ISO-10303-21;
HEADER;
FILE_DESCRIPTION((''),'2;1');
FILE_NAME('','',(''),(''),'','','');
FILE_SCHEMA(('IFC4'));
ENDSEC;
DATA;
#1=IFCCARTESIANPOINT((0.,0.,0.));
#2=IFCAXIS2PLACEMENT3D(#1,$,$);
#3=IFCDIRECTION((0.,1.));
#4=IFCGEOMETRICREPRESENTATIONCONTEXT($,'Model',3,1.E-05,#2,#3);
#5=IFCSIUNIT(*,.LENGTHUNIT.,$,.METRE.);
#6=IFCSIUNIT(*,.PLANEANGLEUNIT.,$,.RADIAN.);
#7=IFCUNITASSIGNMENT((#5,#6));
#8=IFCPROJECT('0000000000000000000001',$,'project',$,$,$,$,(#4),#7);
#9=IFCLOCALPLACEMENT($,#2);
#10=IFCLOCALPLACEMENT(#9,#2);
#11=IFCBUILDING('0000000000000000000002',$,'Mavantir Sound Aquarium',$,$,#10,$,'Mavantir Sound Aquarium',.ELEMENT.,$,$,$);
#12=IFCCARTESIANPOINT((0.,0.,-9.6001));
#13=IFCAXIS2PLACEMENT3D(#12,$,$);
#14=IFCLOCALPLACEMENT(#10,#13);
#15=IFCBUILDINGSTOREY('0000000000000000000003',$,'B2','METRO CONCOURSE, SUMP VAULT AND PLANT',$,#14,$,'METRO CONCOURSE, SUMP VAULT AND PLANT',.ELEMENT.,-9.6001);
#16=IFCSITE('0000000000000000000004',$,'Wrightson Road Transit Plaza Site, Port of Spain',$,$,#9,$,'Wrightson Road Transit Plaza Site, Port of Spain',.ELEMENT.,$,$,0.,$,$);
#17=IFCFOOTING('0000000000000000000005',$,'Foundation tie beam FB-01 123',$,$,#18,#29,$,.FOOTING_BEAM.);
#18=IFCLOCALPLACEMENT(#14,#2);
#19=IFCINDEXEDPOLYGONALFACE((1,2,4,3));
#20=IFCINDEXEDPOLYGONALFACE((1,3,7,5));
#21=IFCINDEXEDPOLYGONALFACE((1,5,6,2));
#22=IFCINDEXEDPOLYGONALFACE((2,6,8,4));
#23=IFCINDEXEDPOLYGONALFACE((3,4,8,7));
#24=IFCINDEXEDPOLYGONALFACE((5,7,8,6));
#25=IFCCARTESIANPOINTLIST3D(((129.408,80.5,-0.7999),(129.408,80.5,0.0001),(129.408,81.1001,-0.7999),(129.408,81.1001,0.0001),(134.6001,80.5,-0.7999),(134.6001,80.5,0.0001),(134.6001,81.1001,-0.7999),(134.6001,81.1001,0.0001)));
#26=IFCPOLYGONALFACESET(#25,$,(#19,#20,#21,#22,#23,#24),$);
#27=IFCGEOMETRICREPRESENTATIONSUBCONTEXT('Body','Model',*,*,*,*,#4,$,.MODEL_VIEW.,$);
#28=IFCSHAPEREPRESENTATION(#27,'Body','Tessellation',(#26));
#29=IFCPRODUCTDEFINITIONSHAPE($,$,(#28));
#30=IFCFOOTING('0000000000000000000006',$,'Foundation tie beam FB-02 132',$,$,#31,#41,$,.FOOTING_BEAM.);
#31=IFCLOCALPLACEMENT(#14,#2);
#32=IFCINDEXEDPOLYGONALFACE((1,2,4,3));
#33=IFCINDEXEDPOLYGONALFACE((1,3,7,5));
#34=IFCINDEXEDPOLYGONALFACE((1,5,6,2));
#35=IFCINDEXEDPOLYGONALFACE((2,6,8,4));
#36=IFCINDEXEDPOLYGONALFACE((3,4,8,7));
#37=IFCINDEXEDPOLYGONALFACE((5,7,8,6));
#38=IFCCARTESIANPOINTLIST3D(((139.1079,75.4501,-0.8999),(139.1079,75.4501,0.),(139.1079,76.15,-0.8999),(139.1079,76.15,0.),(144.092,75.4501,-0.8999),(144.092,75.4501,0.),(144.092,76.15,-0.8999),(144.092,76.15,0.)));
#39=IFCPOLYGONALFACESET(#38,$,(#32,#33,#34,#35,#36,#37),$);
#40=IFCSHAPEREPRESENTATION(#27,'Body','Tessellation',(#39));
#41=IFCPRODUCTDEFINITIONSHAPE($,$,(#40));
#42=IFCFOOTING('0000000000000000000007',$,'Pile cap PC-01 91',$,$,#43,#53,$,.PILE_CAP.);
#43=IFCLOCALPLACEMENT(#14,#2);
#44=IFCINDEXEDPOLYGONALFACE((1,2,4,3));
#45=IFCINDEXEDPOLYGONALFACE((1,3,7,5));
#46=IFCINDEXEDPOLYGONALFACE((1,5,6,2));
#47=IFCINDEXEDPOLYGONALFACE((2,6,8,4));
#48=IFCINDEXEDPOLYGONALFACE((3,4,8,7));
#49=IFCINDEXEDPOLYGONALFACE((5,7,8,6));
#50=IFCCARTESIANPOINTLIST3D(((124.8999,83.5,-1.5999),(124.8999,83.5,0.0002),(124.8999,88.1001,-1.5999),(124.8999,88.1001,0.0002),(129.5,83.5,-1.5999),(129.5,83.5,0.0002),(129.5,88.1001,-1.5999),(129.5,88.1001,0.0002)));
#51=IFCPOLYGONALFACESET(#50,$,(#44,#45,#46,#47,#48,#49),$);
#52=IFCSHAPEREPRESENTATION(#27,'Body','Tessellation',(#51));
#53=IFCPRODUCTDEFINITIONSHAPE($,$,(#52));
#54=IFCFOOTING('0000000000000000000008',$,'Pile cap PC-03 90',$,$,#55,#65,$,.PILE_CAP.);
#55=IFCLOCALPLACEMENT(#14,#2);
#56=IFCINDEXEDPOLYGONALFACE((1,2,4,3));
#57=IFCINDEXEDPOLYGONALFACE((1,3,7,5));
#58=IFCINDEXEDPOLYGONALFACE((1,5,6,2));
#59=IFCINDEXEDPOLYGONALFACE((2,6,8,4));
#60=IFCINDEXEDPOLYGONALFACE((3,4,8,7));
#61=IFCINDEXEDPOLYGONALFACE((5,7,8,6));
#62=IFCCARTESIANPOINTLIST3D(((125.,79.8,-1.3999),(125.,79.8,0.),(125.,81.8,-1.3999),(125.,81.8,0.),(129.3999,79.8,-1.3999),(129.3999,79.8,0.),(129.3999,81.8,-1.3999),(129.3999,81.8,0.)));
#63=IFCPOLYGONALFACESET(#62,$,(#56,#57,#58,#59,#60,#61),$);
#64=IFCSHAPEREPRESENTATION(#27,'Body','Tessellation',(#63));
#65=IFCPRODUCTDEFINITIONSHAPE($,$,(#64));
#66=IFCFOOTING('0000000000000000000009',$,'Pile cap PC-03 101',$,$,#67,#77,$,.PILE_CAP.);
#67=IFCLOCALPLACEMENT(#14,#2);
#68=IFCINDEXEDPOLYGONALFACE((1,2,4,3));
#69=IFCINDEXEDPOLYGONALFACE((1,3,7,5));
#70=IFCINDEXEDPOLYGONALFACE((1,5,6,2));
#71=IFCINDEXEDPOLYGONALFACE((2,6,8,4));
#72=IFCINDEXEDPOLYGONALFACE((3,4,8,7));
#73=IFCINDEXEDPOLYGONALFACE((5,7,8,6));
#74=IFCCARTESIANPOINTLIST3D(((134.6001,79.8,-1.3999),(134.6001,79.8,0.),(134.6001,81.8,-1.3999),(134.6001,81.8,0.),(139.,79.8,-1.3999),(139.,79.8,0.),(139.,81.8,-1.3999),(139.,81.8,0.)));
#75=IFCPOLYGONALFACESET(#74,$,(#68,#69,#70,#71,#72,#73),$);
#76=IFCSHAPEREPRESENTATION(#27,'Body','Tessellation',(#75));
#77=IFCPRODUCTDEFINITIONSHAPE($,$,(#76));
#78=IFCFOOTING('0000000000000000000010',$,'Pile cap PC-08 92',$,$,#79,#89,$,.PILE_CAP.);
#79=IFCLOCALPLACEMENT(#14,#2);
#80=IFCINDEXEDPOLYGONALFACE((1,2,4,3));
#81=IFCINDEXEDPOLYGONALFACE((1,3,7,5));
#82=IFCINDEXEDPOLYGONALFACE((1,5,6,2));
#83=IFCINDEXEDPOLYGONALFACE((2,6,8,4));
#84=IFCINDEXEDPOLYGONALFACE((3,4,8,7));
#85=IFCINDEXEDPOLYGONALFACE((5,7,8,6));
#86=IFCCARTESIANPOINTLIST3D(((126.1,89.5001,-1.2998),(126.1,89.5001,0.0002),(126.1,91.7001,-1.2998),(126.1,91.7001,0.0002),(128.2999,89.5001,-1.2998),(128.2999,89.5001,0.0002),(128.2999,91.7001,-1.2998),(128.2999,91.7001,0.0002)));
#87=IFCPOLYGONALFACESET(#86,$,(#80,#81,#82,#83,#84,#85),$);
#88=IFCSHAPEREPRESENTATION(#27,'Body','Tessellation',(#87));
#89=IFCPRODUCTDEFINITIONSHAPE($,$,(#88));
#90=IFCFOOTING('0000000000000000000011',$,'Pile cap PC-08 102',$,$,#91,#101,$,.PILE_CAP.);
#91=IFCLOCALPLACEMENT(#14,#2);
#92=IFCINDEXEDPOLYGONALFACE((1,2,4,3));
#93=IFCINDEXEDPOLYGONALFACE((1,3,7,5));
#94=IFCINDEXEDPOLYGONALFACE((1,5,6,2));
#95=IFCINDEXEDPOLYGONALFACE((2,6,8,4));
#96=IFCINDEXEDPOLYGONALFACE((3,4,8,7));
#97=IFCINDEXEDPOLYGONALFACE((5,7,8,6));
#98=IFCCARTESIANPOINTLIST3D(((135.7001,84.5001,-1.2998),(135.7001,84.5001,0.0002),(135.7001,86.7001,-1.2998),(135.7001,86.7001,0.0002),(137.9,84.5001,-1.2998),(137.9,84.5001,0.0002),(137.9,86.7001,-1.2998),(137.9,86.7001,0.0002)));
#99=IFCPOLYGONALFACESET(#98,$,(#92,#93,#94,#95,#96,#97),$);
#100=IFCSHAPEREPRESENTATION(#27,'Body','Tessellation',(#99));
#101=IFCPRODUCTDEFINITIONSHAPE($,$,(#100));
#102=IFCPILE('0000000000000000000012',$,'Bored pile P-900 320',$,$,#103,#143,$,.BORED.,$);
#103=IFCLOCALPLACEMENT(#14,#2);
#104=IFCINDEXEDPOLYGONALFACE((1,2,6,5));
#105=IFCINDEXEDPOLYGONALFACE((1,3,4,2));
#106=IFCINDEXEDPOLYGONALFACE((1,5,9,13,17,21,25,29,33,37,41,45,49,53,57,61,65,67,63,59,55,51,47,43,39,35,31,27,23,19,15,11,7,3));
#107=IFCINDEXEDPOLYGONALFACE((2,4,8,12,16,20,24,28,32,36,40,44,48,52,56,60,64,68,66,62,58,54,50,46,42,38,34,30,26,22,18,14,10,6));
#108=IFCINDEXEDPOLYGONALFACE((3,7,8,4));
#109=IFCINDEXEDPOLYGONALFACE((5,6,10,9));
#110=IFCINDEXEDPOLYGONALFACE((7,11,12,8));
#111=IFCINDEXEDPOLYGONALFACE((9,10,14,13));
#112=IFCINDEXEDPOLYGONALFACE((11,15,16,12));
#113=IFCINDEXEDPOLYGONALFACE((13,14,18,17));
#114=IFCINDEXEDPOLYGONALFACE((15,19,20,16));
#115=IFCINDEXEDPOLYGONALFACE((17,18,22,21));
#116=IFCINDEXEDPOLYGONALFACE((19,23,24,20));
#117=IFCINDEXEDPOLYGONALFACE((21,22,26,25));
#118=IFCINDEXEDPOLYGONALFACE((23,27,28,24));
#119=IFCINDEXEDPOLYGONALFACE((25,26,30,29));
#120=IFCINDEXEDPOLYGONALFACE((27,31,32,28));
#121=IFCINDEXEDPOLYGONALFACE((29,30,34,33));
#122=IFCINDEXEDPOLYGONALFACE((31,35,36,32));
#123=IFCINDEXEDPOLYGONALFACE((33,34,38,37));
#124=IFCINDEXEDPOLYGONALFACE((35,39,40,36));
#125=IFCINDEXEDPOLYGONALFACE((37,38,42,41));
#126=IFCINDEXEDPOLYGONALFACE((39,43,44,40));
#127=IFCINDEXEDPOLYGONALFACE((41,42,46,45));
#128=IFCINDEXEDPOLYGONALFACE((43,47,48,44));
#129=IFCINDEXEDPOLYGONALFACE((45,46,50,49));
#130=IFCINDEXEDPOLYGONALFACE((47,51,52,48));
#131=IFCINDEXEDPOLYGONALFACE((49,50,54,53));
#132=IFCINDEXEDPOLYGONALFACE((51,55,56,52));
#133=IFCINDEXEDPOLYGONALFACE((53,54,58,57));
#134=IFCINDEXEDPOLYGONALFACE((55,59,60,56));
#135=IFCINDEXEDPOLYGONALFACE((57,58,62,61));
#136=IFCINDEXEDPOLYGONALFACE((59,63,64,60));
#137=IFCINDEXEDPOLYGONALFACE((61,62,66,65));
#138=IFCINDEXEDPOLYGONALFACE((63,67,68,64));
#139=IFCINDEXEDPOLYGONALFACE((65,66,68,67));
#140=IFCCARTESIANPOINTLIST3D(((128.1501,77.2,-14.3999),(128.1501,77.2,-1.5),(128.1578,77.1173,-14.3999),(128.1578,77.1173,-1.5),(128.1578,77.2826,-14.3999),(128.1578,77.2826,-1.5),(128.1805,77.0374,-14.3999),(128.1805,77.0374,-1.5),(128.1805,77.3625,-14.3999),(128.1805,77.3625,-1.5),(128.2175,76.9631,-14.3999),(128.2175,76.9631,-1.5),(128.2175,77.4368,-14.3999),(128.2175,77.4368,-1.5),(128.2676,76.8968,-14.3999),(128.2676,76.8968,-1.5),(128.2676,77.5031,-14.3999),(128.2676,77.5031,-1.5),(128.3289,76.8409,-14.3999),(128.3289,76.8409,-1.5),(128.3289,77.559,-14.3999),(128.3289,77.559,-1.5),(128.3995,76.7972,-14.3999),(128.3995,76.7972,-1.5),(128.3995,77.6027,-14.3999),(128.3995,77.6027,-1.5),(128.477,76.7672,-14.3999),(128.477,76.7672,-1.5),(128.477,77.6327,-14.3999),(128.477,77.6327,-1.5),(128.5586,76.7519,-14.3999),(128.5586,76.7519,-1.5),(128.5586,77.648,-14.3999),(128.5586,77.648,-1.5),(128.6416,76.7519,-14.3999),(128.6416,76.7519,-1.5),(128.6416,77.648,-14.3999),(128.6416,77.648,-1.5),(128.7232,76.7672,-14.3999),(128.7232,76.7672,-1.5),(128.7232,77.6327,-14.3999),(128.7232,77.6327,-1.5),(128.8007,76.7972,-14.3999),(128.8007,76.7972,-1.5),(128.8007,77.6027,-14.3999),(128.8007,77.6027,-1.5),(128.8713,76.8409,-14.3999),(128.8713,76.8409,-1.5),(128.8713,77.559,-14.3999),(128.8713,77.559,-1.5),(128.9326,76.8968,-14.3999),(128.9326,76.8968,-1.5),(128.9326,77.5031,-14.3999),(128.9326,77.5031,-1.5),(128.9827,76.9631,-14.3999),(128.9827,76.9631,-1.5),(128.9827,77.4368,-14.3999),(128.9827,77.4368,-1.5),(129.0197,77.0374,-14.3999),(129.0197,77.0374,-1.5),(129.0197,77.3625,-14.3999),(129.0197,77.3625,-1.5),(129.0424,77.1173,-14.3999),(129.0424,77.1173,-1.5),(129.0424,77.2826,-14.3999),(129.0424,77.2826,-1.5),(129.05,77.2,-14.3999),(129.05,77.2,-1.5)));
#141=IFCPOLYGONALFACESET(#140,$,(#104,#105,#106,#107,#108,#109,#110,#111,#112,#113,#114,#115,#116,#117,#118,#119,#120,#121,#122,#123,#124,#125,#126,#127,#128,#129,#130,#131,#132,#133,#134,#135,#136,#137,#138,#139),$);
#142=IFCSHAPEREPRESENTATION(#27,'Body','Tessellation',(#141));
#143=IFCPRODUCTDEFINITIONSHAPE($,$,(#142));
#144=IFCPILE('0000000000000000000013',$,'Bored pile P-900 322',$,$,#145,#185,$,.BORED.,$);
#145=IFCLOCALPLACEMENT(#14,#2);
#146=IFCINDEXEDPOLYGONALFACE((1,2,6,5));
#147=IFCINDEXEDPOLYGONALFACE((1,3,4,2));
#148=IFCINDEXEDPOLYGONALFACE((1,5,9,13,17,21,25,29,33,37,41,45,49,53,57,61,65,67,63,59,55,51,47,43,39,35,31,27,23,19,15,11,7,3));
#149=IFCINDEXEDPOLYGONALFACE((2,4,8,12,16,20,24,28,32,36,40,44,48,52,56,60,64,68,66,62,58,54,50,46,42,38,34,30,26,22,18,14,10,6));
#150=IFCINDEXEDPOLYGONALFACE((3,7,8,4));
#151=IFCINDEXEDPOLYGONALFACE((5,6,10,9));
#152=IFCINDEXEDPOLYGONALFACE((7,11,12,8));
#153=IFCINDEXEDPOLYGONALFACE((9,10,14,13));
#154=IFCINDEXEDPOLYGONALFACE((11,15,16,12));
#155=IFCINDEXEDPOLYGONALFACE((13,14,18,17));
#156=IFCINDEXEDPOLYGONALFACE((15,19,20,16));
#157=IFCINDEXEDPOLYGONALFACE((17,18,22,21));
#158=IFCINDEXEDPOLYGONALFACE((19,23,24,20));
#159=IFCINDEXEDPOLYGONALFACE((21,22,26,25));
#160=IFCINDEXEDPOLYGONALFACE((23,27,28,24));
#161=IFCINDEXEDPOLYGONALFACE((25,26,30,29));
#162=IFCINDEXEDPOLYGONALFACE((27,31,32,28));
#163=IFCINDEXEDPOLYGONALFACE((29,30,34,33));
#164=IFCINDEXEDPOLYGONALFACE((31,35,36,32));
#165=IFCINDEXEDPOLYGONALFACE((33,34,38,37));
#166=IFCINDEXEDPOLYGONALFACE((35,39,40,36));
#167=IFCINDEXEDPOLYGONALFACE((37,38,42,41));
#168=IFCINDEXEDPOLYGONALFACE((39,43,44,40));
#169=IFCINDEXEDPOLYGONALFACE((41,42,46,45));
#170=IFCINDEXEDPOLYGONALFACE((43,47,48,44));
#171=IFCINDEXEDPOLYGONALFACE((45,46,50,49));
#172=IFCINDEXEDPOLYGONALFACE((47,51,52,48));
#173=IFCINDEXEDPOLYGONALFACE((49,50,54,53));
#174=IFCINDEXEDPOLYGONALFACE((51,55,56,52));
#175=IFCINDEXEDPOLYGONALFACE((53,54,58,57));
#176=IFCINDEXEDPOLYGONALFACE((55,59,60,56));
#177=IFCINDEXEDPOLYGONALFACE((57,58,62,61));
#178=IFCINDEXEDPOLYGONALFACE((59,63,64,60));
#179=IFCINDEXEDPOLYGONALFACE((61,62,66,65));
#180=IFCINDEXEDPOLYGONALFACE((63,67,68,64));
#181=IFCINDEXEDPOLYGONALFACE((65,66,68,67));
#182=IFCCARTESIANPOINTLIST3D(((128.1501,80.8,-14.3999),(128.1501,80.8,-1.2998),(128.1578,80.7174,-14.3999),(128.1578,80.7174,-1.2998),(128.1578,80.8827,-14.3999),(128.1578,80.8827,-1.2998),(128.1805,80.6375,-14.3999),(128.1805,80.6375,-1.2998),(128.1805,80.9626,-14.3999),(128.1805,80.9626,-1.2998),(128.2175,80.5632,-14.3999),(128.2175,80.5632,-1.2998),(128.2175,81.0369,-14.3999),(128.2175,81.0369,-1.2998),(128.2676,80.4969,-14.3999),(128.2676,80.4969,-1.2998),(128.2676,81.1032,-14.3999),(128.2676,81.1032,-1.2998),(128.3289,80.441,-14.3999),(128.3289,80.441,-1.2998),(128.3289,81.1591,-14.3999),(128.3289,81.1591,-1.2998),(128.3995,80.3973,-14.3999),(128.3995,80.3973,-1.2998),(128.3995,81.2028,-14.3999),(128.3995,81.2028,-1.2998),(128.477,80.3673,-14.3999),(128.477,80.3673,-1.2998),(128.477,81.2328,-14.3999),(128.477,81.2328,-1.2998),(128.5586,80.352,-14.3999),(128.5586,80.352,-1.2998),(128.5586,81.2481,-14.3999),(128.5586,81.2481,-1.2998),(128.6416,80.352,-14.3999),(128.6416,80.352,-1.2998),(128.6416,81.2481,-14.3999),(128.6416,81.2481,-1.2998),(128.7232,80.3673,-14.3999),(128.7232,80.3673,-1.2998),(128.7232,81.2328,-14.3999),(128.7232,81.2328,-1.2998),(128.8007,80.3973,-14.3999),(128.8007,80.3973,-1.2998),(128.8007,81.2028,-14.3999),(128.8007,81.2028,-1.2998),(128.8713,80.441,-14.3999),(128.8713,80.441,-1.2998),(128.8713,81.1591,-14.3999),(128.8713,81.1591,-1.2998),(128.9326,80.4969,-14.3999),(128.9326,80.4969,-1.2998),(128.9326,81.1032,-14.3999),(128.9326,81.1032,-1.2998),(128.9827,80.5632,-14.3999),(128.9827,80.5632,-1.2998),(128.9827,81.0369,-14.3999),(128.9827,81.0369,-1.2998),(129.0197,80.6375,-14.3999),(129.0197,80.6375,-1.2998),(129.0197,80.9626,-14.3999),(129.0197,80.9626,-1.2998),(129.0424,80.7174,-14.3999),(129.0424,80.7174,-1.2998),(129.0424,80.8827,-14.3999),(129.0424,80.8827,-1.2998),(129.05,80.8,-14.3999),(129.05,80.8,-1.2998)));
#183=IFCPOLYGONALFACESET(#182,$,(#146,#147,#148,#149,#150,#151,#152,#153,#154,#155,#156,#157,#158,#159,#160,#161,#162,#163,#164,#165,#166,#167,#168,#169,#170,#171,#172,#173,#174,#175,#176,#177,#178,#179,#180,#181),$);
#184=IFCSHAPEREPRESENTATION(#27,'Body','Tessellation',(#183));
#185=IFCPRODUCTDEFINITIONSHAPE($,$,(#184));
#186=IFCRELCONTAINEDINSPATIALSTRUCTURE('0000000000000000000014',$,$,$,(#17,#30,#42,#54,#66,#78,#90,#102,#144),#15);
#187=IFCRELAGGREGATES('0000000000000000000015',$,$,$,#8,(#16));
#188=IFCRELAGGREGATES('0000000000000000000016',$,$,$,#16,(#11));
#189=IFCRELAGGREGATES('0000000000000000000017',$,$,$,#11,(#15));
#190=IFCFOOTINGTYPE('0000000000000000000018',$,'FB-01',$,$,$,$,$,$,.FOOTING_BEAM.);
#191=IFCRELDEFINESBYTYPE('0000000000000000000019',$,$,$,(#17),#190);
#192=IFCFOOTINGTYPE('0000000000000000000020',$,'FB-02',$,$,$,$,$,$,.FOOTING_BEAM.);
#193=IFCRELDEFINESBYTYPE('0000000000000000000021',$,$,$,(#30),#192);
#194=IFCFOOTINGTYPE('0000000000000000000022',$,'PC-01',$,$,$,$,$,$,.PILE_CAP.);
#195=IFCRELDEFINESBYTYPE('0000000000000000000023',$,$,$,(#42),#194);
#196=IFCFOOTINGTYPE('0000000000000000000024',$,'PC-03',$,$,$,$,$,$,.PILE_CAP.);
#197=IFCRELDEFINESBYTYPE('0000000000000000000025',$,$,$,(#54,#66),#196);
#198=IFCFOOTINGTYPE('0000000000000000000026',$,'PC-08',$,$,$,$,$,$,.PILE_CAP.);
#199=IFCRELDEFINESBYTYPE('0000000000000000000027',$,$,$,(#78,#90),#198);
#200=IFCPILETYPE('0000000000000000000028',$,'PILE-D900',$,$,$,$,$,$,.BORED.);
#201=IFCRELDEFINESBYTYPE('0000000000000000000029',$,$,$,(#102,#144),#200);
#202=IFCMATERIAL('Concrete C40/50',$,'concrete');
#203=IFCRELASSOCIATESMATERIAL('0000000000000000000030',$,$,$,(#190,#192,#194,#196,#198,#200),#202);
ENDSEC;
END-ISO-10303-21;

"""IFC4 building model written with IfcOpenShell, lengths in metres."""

from ifc_helpers import new_model, si_unit, direction, frame, origin, origin_2d, place, context, subcontext, project, spatial, rectangle, circle, extrude, material, material_profile, profile_set, type_object, element, save


model = new_model("IFC4")

# Units and contexts
model_context = context("Model", 3, precision=1e-05, world=origin(), true_north=direction((0.0, 1.0)))
body_context = subcontext(model_context, "Body", "Model", "MODEL_VIEW")
ifc_project = project(units=[si_unit("LENGTHUNIT", "METRE"), si_unit("PLANEANGLEUNIT", "RADIAN")], contexts=[model_context])

# Site, building, storey
site_placement = place(None, origin())
site = spatial("IfcSite", under=ifc_project, at=site_placement, Name="Wrightson Road Transit Plaza Site, Port of Spain", LongName="Wrightson Road Transit Plaza Site, Port of Spain", CompositionType="ELEMENT", RefElevation=0.0)
building_placement = place(site_placement, origin())
building = spatial("IfcBuilding", under=site, at=building_placement, Name="Mavantir Sound Aquarium", LongName="Mavantir Sound Aquarium", CompositionType="ELEMENT")
storey_placement = place(building_placement, frame((0.0, 0.0, -9.6001)))
storey = spatial("IfcBuildingStorey", under=building, at=storey_placement, Name="B2", Description="METRO CONCOURSE, SUMP VAULT AND PLANT", LongName="METRO CONCOURSE, SUMP VAULT AND PLANT", CompositionType="ELEMENT", Elevation=-9.6001)

# Footings
ifc_material_1 = material(Name="Concrete C40/50", Category="concrete")
ifc_material_profile_1 = material_profile(ifc_material_1, rectangle(XDim=0.6001, YDim=0.8, at=origin_2d()), Name="RC 600X800")
ifc_profile_set_1 = profile_set([ifc_material_profile_1], Name="Concrete C40/50")
footing_type_1 = type_object("IfcFootingType", Name="FB-01", PredefinedType="FOOTING_BEAM", material=ifc_profile_set_1)
footing_1_placement = place(storey_placement, frame((129.408, 80.8, -0.3999), z_axis=(1.0, 0.0, 0.0), x_axis=(0.0, 1.0, 0.0)))
element("IfcFooting", 1, at=footing_1_placement, inside=storey, type_object=footing_type_1, Name="Foundation tie beam FB-01 123", PredefinedType="FOOTING_BEAM", context=body_context, shape_type="SweptSolid", body=[
    extrude(rectangle(XDim=0.6001, YDim=0.8, at=origin_2d()), origin(), (0.0, 0.0, 1.0), 5.1921),
])
ifc_material_profile_2 = material_profile(ifc_material_1, rectangle(XDim=0.7, YDim=0.8999, at=origin_2d()), Name="RC 700X900")
ifc_profile_set_2 = profile_set([ifc_material_profile_2], Name="Concrete C40/50")
footing_type_2 = type_object("IfcFootingType", Name="FB-02", PredefinedType="FOOTING_BEAM", material=ifc_profile_set_2)
footing_2_placement = place(storey_placement, frame((139.1079, 75.8, -0.45), z_axis=(1.0, 0.0, 0.0), x_axis=(0.0, 1.0, 0.0)))
element("IfcFooting", 2, at=footing_2_placement, inside=storey, type_object=footing_type_2, Name="Foundation tie beam FB-02 132", PredefinedType="FOOTING_BEAM", context=body_context, shape_type="SweptSolid", body=[
    extrude(rectangle(XDim=0.7, YDim=0.8999, at=origin_2d()), origin(), (0.0, 0.0, 1.0), 4.9841),
])
footing_type_3 = type_object("IfcFootingType", Name="PC-01", PredefinedType="PILE_CAP", material=ifc_material_1)
footing_3_placement = place(storey_placement, frame((127.2, 85.8, -1.5999), z_axis=(0.0, 0.0, 1.0), x_axis=(1.0, 0.0, 0.0)))
element("IfcFooting", 3, at=footing_3_placement, inside=storey, type_object=footing_type_3, Name="Pile cap PC-01 91", PredefinedType="PILE_CAP", context=body_context, shape_type="SweptSolid", body=[
    extrude(rectangle(XDim=4.6001, YDim=4.6001, at=origin_2d()), origin(), (0.0, 0.0, 1.0), 1.6001),
])
footing_type_4 = type_object("IfcFootingType", Name="PC-03", PredefinedType="PILE_CAP", material=ifc_material_1)
for number, where, z_axis, x_axis, name in (
    (4, (127.2, 80.8, -1.3999), (0.0, 0.0, 1.0), (1.0, 0.0, 0.0), "Pile cap PC-03 90"),
    (5, (136.8, 80.8, -1.3999), (0.0, 0.0, 1.0), (1.0, 0.0, 0.0), "Pile cap PC-03 101"),
):
    element("IfcFooting", number, at=place(storey_placement, frame(where, z_axis=z_axis, x_axis=x_axis)), inside=storey, type_object=footing_type_4, Name=name, PredefinedType="PILE_CAP", context=body_context, shape_type="SweptSolid", body=[
        extrude(rectangle(XDim=4.3999, YDim=2.0, at=origin_2d()), origin(), (0.0, 0.0, 1.0), 1.3999),
    ])
footing_type_5 = type_object("IfcFootingType", Name="PC-08", PredefinedType="PILE_CAP", material=ifc_material_1)
for number, where, z_axis, x_axis, name in (
    (6, (127.2, 90.6001, -1.2998), (0.0, 0.0, 1.0), (1.0, 0.0, 0.0), "Pile cap PC-08 92"),
    (7, (136.8, 85.6001, -1.2998), (0.0, 0.0, 1.0), (1.0, 0.0, 0.0), "Pile cap PC-08 102"),
):
    element("IfcFooting", number, at=place(storey_placement, frame(where, z_axis=z_axis, x_axis=x_axis)), inside=storey, type_object=footing_type_5, Name=name, PredefinedType="PILE_CAP", context=body_context, shape_type="SweptSolid", body=[
        extrude(rectangle(XDim=2.2, YDim=2.2, at=origin_2d()), origin(), (0.0, 0.0, 1.0), 1.3),
    ])

# Piles
ifc_material_profile_3 = material_profile(ifc_material_1, circle(Radius=0.45, at=origin_2d()), Name="PILE D900")
ifc_profile_set_3 = profile_set([ifc_material_profile_3], Name="Concrete C40/50")
pile_type = type_object("IfcPileType", Name="PILE-D900", PredefinedType="BORED", material=ifc_profile_set_3)
pile_1_placement = place(storey_placement, frame((128.6001, 77.2, -1.5), z_axis=(0.0, 0.0, -1.0), x_axis=(1.0, 0.0, 0.0)))
element("IfcPile", 8, at=pile_1_placement, inside=storey, type_object=pile_type, Name="Bored pile P-900 320", PredefinedType="BORED", context=body_context, shape_type="SweptSolid", body=[
    extrude(circle(Radius=0.45, at=origin_2d()), origin(), (0.0, 0.0, 1.0), 12.8999),
])
pile_2_placement = place(storey_placement, frame((128.6001, 80.8, -1.2998), z_axis=(0.0, 0.0, -1.0), x_axis=(1.0, 0.0, 0.0)))
element("IfcPile", 9, at=pile_2_placement, inside=storey, type_object=pile_type, Name="Bored pile P-900 322", PredefinedType="BORED", context=body_context, shape_type="SweptSolid", body=[
    extrude(circle(Radius=0.45, at=origin_2d()), origin(), (0.0, 0.0, 1.0), 13.1001),
])

save(model, "model.ifc")
